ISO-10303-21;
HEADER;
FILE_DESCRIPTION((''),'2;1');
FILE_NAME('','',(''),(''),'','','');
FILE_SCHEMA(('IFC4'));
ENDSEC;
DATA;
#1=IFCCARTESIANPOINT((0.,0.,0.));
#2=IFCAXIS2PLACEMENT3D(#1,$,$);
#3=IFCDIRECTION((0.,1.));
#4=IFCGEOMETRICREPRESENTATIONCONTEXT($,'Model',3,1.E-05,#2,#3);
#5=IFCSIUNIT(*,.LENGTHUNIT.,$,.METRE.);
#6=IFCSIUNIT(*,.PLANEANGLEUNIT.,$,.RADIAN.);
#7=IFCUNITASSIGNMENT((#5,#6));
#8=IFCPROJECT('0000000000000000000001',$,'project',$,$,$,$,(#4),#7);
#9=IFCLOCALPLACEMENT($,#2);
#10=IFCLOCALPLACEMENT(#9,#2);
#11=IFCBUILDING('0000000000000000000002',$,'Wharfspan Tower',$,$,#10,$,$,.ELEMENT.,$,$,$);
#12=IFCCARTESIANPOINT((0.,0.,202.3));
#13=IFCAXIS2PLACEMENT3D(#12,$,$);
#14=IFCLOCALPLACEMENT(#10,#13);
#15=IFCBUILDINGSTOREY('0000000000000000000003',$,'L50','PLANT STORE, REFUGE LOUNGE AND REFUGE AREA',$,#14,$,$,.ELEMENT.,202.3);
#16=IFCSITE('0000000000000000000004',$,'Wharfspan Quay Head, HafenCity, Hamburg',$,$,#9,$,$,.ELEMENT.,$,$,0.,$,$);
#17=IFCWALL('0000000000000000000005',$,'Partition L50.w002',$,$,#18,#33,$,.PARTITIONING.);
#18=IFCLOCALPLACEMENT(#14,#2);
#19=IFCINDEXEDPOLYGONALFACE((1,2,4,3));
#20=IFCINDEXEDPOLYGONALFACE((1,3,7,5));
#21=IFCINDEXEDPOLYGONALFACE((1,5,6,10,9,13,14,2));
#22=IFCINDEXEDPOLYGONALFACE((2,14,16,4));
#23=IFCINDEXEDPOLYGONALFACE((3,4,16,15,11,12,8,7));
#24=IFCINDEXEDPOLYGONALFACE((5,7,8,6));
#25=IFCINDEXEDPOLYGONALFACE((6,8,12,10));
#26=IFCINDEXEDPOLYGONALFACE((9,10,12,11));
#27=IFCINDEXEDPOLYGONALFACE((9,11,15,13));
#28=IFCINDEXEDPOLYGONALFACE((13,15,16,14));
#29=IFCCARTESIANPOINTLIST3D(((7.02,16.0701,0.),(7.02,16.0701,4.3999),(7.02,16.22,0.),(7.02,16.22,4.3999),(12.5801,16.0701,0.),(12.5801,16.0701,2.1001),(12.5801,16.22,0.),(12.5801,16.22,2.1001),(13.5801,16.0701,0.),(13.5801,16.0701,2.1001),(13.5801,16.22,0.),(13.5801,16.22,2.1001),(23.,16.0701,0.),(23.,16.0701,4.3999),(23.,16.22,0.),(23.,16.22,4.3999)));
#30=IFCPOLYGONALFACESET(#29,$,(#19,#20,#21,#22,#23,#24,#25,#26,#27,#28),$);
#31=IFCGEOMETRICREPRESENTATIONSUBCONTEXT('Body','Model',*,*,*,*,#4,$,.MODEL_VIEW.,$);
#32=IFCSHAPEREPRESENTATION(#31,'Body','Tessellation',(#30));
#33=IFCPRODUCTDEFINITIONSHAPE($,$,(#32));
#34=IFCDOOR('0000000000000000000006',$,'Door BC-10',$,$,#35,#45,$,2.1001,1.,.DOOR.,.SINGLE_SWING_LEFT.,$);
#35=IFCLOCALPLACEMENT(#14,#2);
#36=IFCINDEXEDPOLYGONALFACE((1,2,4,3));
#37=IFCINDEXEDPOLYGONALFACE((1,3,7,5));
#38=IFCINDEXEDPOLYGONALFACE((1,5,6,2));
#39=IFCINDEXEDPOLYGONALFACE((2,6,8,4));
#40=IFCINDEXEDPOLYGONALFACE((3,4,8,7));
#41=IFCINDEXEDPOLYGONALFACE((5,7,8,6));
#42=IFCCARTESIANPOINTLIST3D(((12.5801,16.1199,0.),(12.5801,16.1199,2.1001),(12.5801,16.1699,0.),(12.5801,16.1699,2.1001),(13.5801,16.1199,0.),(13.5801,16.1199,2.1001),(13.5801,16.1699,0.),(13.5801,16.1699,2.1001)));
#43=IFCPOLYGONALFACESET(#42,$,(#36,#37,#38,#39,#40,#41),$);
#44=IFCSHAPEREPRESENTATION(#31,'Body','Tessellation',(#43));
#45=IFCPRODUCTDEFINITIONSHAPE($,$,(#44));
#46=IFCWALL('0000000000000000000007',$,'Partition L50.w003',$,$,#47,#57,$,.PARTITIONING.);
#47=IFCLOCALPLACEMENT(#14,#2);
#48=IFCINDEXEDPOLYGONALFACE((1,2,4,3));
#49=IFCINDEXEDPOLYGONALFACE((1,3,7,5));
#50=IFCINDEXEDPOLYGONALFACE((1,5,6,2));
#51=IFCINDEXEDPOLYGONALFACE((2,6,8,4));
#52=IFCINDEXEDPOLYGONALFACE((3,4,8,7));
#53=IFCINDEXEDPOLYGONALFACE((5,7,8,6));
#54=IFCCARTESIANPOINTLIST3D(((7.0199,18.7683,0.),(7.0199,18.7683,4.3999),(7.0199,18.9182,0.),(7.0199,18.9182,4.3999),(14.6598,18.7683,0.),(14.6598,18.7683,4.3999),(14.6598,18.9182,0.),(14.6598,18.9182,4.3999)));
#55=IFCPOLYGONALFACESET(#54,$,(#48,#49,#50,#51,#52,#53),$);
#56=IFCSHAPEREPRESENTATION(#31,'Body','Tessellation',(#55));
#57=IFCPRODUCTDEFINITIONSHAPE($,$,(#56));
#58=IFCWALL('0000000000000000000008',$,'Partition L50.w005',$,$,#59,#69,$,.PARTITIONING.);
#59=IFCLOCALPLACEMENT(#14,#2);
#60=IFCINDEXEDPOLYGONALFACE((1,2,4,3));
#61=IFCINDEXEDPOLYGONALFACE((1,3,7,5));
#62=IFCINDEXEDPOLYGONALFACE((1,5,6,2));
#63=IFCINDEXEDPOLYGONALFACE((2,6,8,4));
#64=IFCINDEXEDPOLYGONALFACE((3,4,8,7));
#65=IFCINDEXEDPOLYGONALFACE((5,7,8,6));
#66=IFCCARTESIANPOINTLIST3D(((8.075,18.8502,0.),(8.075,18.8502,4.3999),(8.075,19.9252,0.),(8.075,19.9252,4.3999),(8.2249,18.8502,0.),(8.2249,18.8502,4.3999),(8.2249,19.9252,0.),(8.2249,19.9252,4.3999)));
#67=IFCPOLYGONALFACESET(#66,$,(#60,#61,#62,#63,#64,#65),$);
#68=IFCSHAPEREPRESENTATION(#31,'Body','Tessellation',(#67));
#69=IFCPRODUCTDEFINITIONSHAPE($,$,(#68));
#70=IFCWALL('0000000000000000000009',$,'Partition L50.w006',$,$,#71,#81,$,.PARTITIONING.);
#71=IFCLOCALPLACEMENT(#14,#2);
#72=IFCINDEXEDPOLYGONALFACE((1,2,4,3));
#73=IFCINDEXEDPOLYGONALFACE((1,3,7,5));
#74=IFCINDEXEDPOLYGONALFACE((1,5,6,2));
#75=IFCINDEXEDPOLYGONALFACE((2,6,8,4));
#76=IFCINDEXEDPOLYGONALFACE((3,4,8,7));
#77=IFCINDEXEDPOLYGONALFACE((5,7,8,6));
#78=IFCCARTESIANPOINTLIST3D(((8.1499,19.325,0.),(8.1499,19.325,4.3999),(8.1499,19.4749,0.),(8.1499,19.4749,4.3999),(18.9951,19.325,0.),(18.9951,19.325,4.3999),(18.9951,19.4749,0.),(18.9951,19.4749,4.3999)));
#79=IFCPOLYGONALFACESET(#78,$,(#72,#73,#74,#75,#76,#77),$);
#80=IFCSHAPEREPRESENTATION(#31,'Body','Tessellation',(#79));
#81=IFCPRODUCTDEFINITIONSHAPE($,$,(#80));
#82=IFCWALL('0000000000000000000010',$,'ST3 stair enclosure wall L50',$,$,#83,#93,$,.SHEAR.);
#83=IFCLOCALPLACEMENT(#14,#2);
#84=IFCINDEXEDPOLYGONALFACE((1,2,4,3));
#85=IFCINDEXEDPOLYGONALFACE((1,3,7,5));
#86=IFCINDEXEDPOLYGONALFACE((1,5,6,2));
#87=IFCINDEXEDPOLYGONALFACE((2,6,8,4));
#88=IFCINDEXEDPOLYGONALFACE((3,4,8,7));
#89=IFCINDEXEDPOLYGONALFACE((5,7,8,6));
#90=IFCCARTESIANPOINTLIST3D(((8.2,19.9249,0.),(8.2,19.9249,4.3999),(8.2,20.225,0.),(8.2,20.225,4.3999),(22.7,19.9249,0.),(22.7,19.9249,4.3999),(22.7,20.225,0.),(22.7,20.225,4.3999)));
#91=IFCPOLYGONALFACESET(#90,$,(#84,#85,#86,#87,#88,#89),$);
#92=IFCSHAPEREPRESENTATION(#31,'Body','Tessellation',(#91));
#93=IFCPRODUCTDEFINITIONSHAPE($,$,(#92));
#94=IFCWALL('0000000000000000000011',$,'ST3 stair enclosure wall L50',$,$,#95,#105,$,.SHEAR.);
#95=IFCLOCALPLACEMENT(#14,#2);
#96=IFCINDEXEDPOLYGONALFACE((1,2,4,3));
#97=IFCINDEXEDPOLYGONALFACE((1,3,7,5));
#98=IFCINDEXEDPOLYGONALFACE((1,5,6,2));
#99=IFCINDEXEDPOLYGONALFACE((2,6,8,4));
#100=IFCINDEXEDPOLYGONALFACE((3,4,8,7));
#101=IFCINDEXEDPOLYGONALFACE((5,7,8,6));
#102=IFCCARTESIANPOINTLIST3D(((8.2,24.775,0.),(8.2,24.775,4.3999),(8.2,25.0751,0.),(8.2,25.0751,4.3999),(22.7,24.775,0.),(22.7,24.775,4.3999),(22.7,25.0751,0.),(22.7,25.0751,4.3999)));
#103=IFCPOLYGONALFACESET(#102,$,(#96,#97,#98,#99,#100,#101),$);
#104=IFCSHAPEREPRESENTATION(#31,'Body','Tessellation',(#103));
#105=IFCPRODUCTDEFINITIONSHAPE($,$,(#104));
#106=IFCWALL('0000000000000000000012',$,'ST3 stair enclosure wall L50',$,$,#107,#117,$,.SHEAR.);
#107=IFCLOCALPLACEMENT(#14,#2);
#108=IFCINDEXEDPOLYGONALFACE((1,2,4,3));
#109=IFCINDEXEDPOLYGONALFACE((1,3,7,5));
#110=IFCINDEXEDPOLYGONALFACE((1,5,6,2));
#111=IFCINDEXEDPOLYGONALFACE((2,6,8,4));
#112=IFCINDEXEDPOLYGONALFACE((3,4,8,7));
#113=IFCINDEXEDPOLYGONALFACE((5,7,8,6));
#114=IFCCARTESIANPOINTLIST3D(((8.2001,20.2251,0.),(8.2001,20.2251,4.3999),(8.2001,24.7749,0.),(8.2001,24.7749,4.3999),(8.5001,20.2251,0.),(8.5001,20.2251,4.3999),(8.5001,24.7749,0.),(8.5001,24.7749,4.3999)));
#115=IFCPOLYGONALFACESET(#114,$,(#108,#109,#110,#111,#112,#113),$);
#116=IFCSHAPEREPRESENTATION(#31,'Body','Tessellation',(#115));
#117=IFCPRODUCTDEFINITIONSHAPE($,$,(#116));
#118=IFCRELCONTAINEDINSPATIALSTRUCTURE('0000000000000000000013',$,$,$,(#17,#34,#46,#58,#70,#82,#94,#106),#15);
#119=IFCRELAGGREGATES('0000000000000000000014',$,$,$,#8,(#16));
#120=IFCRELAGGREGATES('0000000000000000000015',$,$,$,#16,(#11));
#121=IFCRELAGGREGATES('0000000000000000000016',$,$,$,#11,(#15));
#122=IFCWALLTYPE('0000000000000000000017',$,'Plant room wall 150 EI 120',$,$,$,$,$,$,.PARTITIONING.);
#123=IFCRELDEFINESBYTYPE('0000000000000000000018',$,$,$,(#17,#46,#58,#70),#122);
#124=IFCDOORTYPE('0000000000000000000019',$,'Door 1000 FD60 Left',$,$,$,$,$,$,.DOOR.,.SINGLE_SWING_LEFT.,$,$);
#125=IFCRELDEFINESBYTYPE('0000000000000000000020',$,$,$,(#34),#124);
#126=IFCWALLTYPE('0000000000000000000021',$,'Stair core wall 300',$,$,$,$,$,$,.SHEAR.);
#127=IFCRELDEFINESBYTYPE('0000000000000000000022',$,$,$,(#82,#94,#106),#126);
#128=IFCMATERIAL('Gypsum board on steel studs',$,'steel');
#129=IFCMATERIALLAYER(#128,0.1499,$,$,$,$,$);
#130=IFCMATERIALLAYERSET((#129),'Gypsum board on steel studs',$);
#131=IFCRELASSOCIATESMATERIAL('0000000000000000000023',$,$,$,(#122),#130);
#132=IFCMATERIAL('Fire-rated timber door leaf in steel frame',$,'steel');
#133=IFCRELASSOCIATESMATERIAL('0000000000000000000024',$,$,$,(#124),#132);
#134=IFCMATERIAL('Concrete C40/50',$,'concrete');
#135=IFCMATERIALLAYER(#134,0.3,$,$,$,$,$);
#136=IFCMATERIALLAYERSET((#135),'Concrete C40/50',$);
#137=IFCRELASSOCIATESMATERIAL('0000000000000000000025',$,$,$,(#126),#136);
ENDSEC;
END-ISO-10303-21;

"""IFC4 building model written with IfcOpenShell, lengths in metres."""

from ifc_helpers import new_model, si_unit, direction, frame, frame_2d, origin, place, context, subcontext, project, spatial, rectangle, extrude, material, layer, layer_set, type_object, element, fill, save


model = new_model("IFC4")

# Units and contexts
model_context = context("Model", 3, precision=1e-05, world=origin(), true_north=direction((0.0, 1.0)))
body_context = subcontext(model_context, "Body", "Model", "MODEL_VIEW")
ifc_project = project(units=[si_unit("LENGTHUNIT", "METRE"), si_unit("PLANEANGLEUNIT", "RADIAN")], contexts=[model_context])

# Site, building, storey
site_placement = place(None, origin())
site = spatial("IfcSite", under=ifc_project, at=site_placement, Name="Wharfspan Quay Head, HafenCity, Hamburg", CompositionType="ELEMENT", RefElevation=0.0)
building_placement = place(site_placement, origin())
building = spatial("IfcBuilding", under=site, at=building_placement, Name="Wharfspan Tower", CompositionType="ELEMENT")
storey_placement = place(building_placement, frame((0.0, 0.0, 202.3)))
storey = spatial("IfcBuildingStorey", under=building, at=storey_placement, Name="L50", Description="PLANT STORE, REFUGE LOUNGE AND REFUGE AREA", CompositionType="ELEMENT", Elevation=202.3)

# Shared definitions
ifc_material_1 = material(Name="Concrete C40/50", Category="concrete")

# Wall, opening, door
ifc_material_2 = material(Name="Gypsum board on steel studs", Category="steel")
ifc_layer_1 = layer(ifc_material_2, 0.1499)
ifc_layer_set_1 = layer_set([ifc_layer_1], Name="Gypsum board on steel studs")
wall_type_1 = type_object("IfcWallType", Name="Plant room wall 150 EI 120", PredefinedType="PARTITIONING", material=ifc_layer_set_1)
wall_1_placement = place(storey_placement, frame((7.02, 16.145, 0.0), z_axis=(0.0, 0.0, 1.0), x_axis=(1.0, 0.0, 0.0)))
wall_1 = element("IfcWall", 1, at=wall_1_placement, inside=storey, type_object=wall_type_1, Name="Partition L50.w002", PredefinedType="PARTITIONING", context=body_context, shape_type="SweptSolid", body=[
    extrude(rectangle(XDim=15.98, YDim=0.1499, at=frame_2d((7.99, 0.0))), origin(), (0.0, 0.0, 1.0), 4.3999),
])
opening_placement = place(wall_1_placement, frame((5.5601, 0.0, 0.0)))
opening = element("IfcOpeningElement", 2, at=opening_placement, cuts=wall_1, PredefinedType="OPENING", context=body_context, shape_type="SweptSolid", body=[
    extrude(rectangle(XDim=1.0, YDim=2.1001, at=frame_2d((0.5, 1.05))), frame((0.0, 0.085, 0.0), z_axis=(0.0, -1.0, 0.0), x_axis=(1.0, 0.0, 0.0)), (0.0, 0.0, 1.0), 0.1699),
])
ifc_material_3 = material(Name="Fire-rated timber door leaf in steel frame", Category="steel")
door_type = type_object("IfcDoorType", Name="Door 1000 FD60 Left", OperationType="SINGLE_SWING_LEFT", PredefinedType="DOOR", material=ifc_material_3)
door_placement = place(opening_placement, origin())
door = element("IfcDoor", 3, at=door_placement, inside=storey, type_object=door_type, Name="Door BC-10", OperationType="SINGLE_SWING_LEFT", OverallHeight=2.1001, OverallWidth=1.0, PredefinedType="DOOR", context=body_context, shape_type="SweptSolid", body=[
    extrude(rectangle(XDim=1.0, YDim=2.1001, at=frame_2d((0.5, 1.05))), frame((0.0, 0.0249, 0.0), z_axis=(0.0, -1.0, 0.0), x_axis=(1.0, 0.0, 0.0)), (0.0, 0.0, 1.0), 0.05),
])
fill(opening, door)

# Walls
wall_2_placement = place(storey_placement, frame((7.02, 18.8433, 0.0), z_axis=(0.0, 0.0, 1.0), x_axis=(1.0, 0.0, 0.0)))
element("IfcWall", 4, at=wall_2_placement, inside=storey, type_object=wall_type_1, Name="Partition L50.w003", PredefinedType="PARTITIONING", context=body_context, shape_type="SweptSolid", body=[
    extrude(rectangle(XDim=7.6399, YDim=0.1499, at=frame_2d((3.8198, 0.0))), origin(), (0.0, 0.0, 1.0), 4.3999),
])
wall_3_placement = place(storey_placement, frame((8.1499, 18.8501, 0.0), z_axis=(0.0, 0.0, 1.0), x_axis=(0.0, 1.0, 0.0)))
element("IfcWall", 5, at=wall_3_placement, inside=storey, type_object=wall_type_1, Name="Partition L50.w005", PredefinedType="PARTITIONING", context=body_context, shape_type="SweptSolid", body=[
    extrude(rectangle(XDim=1.075, YDim=0.1499, at=frame_2d((0.5376, 0.0))), origin(), (0.0, 0.0, 1.0), 4.3999),
])
wall_4_placement = place(storey_placement, frame((8.1499, 19.3999, 0.0), z_axis=(0.0, 0.0, 1.0), x_axis=(1.0, 0.0, 0.0)))
element("IfcWall", 6, at=wall_4_placement, inside=storey, type_object=wall_type_1, Name="Partition L50.w006", PredefinedType="PARTITIONING", context=body_context, shape_type="SweptSolid", body=[
    extrude(rectangle(XDim=10.8452, YDim=0.1499, at=frame_2d((5.4226, 0.0))), origin(), (0.0, 0.0, 1.0), 4.3999),
])
ifc_layer_2 = layer(ifc_material_1, 0.3)
ifc_layer_set_2 = layer_set([ifc_layer_2], Name="Concrete C40/50")
wall_type_2 = type_object("IfcWallType", Name="Stair core wall 300", PredefinedType="SHEAR", material=ifc_layer_set_2)
for number, where, z_axis, x_axis, name in (
    (7, (8.2, 20.075, 0.0), (0.0, 0.0, 1.0), (1.0, 0.0, 0.0), "ST3 stair enclosure wall L50"),
    (8, (8.2, 24.925, 0.0), (0.0, 0.0, 1.0), (1.0, 0.0, 0.0), "ST3 stair enclosure wall L50"),
):
    element("IfcWall", number, at=place(storey_placement, frame(where, z_axis=z_axis, x_axis=x_axis)), inside=storey, type_object=wall_type_2, Name=name, PredefinedType="SHEAR", context=body_context, shape_type="SweptSolid", body=[
        extrude(rectangle(XDim=14.5, YDim=0.3, at=frame_2d((7.25, 0.0))), origin(), (0.0, 0.0, 1.0), 4.3999),
    ])
wall_5_placement = place(storey_placement, frame((8.3501, 20.2251, 0.0), z_axis=(0.0, 0.0, 1.0), x_axis=(0.0, 1.0, 0.0)))
element("IfcWall", 9, at=wall_5_placement, inside=storey, type_object=wall_type_2, Name="ST3 stair enclosure wall L50", PredefinedType="SHEAR", context=body_context, shape_type="SweptSolid", body=[
    extrude(rectangle(XDim=4.5498, YDim=0.3, at=frame_2d((2.2749, 0.0))), origin(), (0.0, 0.0, 1.0), 4.3999),
])

save(model, "model.ifc")
